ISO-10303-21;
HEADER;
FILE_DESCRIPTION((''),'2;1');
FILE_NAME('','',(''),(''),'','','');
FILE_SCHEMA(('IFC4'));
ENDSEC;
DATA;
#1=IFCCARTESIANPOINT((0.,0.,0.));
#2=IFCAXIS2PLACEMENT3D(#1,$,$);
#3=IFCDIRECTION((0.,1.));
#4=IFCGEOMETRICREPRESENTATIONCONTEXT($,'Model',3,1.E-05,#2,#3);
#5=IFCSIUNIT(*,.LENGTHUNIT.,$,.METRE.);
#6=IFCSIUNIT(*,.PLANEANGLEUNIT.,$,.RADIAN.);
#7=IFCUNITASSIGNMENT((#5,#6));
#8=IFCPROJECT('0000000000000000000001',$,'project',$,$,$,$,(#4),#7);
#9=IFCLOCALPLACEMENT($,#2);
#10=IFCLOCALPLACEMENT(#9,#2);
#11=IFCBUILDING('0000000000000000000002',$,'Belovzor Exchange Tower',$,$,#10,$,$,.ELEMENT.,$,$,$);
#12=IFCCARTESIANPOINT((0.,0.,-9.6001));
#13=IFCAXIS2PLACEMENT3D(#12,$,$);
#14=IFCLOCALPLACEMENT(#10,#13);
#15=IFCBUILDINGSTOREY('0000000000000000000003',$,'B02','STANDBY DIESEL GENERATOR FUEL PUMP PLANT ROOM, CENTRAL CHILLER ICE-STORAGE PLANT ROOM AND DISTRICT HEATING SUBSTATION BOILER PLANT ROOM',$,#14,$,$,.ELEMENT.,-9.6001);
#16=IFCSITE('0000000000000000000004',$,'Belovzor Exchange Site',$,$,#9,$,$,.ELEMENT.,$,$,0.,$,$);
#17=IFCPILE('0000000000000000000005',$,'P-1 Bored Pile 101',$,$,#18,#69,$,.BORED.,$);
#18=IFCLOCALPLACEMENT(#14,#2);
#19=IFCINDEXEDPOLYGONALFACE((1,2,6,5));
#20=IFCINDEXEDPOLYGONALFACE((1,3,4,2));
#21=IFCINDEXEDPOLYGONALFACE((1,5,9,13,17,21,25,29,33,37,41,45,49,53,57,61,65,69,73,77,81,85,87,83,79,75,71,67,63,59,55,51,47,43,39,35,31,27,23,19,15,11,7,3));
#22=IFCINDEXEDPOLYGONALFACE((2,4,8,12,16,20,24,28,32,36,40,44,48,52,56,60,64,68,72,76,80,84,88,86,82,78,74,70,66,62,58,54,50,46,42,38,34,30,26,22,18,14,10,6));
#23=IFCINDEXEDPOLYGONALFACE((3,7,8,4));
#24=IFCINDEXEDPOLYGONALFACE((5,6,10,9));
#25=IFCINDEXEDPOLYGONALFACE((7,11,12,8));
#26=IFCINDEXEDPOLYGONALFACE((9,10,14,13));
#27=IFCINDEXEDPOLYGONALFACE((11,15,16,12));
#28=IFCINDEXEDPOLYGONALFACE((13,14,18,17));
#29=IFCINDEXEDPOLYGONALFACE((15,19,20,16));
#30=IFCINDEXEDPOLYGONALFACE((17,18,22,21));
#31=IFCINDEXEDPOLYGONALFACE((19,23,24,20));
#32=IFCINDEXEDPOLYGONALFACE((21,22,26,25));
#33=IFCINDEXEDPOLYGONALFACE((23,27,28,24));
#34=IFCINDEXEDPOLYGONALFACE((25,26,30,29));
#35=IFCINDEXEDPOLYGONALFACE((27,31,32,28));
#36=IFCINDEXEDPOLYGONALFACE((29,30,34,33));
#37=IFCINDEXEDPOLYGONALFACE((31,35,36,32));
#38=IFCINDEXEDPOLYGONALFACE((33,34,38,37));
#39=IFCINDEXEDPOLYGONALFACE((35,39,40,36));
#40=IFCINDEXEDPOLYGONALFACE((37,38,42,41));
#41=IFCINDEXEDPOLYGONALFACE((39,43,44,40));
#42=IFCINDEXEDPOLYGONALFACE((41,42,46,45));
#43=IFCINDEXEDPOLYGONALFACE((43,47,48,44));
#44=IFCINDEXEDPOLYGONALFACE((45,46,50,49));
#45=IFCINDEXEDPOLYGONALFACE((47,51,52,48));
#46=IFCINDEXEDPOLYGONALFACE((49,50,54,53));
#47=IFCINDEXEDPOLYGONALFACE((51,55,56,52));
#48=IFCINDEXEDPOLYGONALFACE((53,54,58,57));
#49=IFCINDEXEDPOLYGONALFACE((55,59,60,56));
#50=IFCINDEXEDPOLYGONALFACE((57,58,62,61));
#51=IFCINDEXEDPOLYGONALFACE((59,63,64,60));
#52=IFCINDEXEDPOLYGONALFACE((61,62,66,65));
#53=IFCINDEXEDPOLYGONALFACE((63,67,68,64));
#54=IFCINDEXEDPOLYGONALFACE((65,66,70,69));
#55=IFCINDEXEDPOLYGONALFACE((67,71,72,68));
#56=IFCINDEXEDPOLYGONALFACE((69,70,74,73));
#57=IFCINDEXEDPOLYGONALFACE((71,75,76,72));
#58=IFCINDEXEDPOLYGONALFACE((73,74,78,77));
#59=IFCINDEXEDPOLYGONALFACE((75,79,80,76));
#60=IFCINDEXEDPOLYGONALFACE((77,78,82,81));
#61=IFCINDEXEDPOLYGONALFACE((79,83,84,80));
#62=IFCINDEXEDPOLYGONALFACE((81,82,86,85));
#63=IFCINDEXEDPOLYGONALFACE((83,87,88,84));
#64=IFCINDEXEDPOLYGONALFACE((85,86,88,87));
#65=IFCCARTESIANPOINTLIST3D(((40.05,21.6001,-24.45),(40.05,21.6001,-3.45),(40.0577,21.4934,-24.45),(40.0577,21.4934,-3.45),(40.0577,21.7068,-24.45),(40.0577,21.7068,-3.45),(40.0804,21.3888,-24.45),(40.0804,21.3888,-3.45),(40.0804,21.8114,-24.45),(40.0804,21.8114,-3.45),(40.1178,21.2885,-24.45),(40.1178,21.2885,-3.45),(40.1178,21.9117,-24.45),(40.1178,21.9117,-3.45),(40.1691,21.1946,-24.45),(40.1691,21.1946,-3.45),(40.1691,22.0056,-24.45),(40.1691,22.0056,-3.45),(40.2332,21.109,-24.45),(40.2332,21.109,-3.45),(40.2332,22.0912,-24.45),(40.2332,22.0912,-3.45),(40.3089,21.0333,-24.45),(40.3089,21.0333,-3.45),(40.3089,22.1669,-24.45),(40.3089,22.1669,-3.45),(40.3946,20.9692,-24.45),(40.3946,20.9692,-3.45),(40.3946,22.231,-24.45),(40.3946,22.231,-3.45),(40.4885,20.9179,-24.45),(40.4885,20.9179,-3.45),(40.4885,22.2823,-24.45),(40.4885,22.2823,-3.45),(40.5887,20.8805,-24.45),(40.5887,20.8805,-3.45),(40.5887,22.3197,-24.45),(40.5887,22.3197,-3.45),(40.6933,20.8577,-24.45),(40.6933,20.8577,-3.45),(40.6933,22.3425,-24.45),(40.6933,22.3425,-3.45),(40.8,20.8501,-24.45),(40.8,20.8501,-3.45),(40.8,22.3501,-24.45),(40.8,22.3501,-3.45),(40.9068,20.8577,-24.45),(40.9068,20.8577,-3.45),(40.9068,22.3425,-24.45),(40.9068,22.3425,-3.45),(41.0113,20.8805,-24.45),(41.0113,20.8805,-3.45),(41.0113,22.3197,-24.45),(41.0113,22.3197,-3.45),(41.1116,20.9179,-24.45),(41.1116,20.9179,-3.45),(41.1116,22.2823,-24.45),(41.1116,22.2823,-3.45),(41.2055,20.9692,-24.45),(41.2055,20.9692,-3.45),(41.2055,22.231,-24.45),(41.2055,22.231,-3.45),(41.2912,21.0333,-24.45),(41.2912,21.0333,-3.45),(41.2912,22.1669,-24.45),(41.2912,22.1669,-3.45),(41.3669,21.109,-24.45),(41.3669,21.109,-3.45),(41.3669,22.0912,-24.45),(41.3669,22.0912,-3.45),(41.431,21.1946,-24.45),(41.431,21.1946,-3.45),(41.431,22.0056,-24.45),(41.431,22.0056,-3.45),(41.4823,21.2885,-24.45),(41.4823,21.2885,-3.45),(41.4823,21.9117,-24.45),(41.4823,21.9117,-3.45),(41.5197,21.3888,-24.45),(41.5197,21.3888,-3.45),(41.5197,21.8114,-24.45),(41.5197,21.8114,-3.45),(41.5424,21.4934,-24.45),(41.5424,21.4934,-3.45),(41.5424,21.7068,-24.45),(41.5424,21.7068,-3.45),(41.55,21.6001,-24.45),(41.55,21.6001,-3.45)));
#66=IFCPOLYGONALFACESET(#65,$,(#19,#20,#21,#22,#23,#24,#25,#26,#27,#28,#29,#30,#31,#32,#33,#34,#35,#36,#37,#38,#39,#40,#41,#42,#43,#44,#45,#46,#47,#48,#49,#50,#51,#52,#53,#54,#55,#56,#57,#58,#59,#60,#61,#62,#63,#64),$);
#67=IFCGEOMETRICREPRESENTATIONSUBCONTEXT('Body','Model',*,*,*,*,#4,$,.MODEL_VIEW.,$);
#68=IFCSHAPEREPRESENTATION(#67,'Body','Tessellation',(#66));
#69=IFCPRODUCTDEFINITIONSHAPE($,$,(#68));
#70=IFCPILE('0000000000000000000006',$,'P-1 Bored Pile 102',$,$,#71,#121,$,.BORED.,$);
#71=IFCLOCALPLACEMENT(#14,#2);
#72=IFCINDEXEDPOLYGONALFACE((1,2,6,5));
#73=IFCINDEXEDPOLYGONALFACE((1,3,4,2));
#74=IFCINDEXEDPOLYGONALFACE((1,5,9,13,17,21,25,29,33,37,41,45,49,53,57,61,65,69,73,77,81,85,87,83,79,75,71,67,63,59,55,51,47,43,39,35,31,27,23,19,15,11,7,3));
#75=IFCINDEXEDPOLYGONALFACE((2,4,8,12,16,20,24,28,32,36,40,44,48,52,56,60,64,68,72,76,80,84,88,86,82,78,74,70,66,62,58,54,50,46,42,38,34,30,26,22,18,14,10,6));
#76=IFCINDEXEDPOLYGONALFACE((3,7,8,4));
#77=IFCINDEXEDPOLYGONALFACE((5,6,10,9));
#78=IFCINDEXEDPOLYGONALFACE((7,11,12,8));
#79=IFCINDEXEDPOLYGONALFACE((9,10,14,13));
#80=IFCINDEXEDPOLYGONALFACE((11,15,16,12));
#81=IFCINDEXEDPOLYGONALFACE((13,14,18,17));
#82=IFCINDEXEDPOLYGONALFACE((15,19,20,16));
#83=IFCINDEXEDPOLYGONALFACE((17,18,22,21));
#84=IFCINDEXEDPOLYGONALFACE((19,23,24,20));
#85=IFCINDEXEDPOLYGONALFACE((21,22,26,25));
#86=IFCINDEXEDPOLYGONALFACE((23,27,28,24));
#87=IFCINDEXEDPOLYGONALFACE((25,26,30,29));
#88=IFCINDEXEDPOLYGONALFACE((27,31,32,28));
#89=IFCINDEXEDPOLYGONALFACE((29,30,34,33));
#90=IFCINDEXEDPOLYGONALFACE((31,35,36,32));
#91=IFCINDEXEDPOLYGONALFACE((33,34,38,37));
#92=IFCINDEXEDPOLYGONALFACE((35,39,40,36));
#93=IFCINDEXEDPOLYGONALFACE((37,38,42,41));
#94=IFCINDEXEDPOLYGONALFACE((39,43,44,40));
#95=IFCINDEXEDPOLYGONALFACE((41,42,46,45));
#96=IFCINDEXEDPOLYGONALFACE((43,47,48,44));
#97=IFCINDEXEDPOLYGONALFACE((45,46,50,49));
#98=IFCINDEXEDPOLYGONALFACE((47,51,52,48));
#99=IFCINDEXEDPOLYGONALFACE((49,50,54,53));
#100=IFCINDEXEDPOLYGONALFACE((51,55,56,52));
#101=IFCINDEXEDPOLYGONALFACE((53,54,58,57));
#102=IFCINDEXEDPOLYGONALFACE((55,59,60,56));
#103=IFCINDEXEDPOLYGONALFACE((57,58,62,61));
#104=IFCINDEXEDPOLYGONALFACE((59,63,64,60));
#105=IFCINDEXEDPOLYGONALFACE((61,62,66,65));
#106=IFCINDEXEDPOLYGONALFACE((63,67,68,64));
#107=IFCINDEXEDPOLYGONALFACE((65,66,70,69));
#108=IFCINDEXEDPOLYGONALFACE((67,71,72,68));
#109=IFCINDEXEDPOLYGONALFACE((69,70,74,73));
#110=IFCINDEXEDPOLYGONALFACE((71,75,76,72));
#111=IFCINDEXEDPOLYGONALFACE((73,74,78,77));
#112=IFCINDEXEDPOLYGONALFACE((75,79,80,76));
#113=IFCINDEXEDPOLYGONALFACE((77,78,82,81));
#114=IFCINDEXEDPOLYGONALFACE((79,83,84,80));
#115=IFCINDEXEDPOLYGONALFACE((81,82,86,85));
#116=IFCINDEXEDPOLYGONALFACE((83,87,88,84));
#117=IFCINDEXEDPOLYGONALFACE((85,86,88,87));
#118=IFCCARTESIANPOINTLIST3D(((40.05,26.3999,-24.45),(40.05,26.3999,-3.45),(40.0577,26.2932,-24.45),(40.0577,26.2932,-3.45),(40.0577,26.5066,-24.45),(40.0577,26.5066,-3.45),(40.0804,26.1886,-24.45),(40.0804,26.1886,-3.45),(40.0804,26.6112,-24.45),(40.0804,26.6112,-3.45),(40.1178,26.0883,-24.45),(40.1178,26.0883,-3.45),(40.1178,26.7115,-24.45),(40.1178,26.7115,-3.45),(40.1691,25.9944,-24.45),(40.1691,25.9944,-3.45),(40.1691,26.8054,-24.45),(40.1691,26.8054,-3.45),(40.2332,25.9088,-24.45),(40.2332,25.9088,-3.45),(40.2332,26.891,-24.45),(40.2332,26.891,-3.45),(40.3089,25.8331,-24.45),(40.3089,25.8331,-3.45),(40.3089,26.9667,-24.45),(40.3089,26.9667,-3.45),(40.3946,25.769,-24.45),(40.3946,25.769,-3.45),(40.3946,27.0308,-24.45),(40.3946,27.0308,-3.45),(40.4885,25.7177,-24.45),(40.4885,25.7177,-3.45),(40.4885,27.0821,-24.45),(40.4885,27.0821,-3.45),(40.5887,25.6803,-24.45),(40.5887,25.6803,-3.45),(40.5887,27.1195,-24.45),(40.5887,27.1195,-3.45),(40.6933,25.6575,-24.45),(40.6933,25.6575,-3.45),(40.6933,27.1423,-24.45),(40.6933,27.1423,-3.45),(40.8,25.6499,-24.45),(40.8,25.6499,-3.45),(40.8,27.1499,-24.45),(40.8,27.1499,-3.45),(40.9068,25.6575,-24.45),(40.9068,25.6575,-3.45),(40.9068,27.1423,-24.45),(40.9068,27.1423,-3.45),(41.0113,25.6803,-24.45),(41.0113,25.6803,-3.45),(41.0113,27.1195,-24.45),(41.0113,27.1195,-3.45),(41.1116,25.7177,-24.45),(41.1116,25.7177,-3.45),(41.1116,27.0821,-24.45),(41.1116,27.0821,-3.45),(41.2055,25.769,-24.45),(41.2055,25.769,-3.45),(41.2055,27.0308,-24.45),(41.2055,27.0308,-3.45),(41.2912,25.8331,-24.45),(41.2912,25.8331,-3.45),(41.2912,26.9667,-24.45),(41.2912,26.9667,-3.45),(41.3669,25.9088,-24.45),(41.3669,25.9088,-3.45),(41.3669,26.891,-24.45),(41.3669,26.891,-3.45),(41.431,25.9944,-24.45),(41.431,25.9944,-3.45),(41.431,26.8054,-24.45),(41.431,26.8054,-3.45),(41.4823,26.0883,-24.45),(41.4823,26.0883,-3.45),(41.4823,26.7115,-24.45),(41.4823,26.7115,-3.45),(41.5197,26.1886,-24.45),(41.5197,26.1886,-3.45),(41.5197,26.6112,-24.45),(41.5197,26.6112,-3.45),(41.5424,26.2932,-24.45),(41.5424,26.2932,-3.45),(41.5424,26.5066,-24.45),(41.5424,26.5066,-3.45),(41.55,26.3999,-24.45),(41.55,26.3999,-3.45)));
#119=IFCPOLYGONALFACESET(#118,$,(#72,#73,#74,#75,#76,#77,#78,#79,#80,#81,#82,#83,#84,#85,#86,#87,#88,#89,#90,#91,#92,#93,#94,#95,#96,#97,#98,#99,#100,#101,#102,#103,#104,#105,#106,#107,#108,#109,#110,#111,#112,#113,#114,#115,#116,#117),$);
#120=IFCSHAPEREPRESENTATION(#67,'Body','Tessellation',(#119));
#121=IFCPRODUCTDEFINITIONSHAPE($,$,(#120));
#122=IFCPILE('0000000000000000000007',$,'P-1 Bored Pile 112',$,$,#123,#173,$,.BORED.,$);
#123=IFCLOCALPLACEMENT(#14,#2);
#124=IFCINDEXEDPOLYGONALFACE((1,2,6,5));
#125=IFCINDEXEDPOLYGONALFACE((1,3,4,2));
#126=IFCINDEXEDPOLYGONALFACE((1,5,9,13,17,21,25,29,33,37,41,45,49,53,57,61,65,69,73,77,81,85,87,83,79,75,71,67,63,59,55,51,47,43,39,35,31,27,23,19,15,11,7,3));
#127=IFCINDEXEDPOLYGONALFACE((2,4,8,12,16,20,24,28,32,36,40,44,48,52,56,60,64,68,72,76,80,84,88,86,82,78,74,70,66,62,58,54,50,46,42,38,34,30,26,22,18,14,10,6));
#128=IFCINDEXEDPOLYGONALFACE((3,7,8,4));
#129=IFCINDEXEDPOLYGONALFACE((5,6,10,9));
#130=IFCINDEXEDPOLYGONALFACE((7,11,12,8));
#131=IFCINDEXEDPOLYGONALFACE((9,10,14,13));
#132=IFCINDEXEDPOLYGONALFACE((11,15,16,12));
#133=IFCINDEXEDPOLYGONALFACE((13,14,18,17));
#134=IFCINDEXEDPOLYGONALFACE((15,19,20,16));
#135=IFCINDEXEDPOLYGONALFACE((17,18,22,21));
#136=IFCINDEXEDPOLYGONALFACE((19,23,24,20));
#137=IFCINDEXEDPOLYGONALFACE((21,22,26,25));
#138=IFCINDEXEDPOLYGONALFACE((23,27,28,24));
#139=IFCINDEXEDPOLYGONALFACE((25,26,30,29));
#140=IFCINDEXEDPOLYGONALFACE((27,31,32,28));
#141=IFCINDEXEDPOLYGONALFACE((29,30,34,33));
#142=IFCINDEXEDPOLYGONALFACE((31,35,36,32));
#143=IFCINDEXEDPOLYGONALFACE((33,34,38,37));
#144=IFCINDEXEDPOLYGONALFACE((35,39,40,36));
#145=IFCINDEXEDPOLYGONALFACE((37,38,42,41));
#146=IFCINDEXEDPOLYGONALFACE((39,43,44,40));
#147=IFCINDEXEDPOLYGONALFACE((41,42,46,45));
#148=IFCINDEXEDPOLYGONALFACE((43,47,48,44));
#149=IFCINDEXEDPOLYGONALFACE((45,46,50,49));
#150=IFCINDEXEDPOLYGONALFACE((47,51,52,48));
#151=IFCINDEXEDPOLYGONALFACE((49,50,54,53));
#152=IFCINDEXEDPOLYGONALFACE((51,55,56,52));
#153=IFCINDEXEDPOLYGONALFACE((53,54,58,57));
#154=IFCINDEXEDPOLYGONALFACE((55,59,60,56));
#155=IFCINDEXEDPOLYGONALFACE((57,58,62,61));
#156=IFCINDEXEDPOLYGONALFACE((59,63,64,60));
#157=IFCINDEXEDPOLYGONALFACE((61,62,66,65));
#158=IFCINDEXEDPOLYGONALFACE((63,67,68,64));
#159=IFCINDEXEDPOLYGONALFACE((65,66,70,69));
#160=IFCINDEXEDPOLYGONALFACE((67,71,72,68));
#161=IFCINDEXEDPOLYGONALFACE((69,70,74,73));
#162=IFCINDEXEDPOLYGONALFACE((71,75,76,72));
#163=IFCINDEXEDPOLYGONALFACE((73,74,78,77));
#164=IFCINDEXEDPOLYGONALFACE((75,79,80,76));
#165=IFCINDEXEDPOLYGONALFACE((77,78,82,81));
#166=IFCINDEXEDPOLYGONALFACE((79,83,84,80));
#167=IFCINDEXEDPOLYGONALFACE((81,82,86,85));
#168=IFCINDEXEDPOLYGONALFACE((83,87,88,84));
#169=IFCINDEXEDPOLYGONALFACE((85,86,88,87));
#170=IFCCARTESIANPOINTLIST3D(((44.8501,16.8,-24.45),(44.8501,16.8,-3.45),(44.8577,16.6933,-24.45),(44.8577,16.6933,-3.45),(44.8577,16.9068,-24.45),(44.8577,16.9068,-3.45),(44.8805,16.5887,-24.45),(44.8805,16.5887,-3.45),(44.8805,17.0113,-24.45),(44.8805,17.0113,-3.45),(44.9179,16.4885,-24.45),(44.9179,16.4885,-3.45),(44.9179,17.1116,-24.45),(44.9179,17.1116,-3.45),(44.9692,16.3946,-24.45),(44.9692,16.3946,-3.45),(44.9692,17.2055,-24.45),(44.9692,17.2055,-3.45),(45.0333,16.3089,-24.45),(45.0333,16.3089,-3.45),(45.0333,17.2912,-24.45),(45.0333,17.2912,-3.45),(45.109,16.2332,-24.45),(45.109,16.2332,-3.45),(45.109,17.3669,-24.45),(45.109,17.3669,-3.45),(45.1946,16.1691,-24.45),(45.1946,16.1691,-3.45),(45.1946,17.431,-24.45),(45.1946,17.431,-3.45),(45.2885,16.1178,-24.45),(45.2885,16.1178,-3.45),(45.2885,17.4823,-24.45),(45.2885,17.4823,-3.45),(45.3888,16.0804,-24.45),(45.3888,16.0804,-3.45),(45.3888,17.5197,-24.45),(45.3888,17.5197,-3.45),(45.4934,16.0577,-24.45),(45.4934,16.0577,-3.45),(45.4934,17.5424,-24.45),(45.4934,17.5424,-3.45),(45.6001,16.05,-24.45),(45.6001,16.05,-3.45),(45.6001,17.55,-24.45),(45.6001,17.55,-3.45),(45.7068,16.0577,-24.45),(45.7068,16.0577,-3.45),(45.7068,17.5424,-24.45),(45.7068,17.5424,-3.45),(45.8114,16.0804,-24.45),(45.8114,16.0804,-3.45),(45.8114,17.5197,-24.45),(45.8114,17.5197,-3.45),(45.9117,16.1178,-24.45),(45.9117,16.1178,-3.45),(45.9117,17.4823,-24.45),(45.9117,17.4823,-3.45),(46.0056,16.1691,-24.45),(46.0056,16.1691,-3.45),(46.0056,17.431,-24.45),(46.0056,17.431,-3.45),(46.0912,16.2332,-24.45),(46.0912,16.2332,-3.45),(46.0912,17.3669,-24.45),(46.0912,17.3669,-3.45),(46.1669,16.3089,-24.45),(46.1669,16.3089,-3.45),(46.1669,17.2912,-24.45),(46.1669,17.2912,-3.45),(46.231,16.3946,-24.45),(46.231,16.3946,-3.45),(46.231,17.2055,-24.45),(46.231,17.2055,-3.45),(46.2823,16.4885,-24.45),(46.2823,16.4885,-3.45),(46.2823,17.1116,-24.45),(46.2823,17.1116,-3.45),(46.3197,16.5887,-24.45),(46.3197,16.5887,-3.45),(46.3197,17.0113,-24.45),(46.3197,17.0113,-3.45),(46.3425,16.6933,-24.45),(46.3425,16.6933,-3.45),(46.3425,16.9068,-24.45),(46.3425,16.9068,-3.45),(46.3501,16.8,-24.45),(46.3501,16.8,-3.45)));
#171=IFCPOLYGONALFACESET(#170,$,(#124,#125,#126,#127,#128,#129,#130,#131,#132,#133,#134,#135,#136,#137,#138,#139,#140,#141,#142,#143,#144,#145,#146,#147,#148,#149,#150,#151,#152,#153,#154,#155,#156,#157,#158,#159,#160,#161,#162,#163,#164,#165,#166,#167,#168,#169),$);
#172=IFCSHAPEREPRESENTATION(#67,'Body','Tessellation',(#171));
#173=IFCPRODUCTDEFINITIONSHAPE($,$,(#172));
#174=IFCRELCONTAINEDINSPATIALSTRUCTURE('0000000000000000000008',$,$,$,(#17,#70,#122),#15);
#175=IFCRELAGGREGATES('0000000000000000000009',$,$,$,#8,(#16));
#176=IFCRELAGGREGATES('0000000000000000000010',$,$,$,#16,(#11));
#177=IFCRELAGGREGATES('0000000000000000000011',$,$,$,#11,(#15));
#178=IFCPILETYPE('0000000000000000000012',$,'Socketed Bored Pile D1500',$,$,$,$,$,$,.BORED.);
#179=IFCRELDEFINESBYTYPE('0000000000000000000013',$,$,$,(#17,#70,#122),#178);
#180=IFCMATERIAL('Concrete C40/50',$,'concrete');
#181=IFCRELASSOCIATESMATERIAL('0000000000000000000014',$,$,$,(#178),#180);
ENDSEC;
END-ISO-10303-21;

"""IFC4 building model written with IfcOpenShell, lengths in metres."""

from ifc_helpers import new_model, si_unit, direction, frame, origin, origin_2d, place, context, subcontext, project, spatial, circle, extrude, material, material_profile, profile_set, type_object, element, save


model = new_model("IFC4")

# Units and contexts
model_context = context("Model", 3, precision=1e-05, world=origin(), true_north=direction((0.0, 1.0)))
body_context = subcontext(model_context, "Body", "Model", "MODEL_VIEW")
ifc_project = project(units=[si_unit("LENGTHUNIT", "METRE"), si_unit("PLANEANGLEUNIT", "RADIAN")], contexts=[model_context])

# Site, building, storey
site_placement = place(None, origin())
site = spatial("IfcSite", under=ifc_project, at=site_placement, Name="Belovzor Exchange Site", CompositionType="ELEMENT", RefElevation=0.0)
building_placement = place(site_placement, origin())
building = spatial("IfcBuilding", under=site, at=building_placement, Name="Belovzor Exchange Tower", CompositionType="ELEMENT")
storey_placement = place(building_placement, frame((0.0, 0.0, -9.6001)))
storey = spatial("IfcBuildingStorey", under=building, at=storey_placement, Name="B02", Description="STANDBY DIESEL GENERATOR FUEL PUMP PLANT ROOM, CENTRAL CHILLER ICE-STORAGE PLANT ROOM AND DISTRICT HEATING SUBSTATION BOILER PLANT ROOM", CompositionType="ELEMENT", Elevation=-9.6001)

# Piles
ifc_material_1 = material(Name="Concrete C40/50", Category="concrete")
ifc_material_profile_1 = material_profile(ifc_material_1, circle(Radius=0.75, at=origin_2d()))
ifc_profile_set_1 = profile_set([ifc_material_profile_1], Name="Concrete C40/50")
pile_type_1 = type_object("IfcPileType", Name="Socketed Bored Pile D1500", PredefinedType="BORED", material=ifc_profile_set_1)
for number, where, z_axis, x_axis, name in (
    (1, (40.8, 21.6001, -3.45), (0.0, 0.0, -1.0), (1.0, 0.0, 0.0), "P-1 Bored Pile 101"),
    (2, (40.8, 26.3999, -3.45), (0.0, 0.0, -1.0), (1.0, 0.0, 0.0), "P-1 Bored Pile 102"),
    (3, (45.6001, 16.8, -3.45), (0.0, 0.0, -1.0), (1.0, 0.0, 0.0), "P-1 Bored Pile 112"),
):
    element("IfcPile", number, at=place(storey_placement, frame(where, z_axis=z_axis, x_axis=x_axis)), inside=storey, type_object=pile_type_1, Name=name, PredefinedType="BORED", context=body_context, shape_type="SweptSolid", body=[
        extrude(circle(Radius=0.75, at=origin_2d()), origin(), (0.0, 0.0, 1.0), 21.0),
    ])

save(model, "model.ifc")
